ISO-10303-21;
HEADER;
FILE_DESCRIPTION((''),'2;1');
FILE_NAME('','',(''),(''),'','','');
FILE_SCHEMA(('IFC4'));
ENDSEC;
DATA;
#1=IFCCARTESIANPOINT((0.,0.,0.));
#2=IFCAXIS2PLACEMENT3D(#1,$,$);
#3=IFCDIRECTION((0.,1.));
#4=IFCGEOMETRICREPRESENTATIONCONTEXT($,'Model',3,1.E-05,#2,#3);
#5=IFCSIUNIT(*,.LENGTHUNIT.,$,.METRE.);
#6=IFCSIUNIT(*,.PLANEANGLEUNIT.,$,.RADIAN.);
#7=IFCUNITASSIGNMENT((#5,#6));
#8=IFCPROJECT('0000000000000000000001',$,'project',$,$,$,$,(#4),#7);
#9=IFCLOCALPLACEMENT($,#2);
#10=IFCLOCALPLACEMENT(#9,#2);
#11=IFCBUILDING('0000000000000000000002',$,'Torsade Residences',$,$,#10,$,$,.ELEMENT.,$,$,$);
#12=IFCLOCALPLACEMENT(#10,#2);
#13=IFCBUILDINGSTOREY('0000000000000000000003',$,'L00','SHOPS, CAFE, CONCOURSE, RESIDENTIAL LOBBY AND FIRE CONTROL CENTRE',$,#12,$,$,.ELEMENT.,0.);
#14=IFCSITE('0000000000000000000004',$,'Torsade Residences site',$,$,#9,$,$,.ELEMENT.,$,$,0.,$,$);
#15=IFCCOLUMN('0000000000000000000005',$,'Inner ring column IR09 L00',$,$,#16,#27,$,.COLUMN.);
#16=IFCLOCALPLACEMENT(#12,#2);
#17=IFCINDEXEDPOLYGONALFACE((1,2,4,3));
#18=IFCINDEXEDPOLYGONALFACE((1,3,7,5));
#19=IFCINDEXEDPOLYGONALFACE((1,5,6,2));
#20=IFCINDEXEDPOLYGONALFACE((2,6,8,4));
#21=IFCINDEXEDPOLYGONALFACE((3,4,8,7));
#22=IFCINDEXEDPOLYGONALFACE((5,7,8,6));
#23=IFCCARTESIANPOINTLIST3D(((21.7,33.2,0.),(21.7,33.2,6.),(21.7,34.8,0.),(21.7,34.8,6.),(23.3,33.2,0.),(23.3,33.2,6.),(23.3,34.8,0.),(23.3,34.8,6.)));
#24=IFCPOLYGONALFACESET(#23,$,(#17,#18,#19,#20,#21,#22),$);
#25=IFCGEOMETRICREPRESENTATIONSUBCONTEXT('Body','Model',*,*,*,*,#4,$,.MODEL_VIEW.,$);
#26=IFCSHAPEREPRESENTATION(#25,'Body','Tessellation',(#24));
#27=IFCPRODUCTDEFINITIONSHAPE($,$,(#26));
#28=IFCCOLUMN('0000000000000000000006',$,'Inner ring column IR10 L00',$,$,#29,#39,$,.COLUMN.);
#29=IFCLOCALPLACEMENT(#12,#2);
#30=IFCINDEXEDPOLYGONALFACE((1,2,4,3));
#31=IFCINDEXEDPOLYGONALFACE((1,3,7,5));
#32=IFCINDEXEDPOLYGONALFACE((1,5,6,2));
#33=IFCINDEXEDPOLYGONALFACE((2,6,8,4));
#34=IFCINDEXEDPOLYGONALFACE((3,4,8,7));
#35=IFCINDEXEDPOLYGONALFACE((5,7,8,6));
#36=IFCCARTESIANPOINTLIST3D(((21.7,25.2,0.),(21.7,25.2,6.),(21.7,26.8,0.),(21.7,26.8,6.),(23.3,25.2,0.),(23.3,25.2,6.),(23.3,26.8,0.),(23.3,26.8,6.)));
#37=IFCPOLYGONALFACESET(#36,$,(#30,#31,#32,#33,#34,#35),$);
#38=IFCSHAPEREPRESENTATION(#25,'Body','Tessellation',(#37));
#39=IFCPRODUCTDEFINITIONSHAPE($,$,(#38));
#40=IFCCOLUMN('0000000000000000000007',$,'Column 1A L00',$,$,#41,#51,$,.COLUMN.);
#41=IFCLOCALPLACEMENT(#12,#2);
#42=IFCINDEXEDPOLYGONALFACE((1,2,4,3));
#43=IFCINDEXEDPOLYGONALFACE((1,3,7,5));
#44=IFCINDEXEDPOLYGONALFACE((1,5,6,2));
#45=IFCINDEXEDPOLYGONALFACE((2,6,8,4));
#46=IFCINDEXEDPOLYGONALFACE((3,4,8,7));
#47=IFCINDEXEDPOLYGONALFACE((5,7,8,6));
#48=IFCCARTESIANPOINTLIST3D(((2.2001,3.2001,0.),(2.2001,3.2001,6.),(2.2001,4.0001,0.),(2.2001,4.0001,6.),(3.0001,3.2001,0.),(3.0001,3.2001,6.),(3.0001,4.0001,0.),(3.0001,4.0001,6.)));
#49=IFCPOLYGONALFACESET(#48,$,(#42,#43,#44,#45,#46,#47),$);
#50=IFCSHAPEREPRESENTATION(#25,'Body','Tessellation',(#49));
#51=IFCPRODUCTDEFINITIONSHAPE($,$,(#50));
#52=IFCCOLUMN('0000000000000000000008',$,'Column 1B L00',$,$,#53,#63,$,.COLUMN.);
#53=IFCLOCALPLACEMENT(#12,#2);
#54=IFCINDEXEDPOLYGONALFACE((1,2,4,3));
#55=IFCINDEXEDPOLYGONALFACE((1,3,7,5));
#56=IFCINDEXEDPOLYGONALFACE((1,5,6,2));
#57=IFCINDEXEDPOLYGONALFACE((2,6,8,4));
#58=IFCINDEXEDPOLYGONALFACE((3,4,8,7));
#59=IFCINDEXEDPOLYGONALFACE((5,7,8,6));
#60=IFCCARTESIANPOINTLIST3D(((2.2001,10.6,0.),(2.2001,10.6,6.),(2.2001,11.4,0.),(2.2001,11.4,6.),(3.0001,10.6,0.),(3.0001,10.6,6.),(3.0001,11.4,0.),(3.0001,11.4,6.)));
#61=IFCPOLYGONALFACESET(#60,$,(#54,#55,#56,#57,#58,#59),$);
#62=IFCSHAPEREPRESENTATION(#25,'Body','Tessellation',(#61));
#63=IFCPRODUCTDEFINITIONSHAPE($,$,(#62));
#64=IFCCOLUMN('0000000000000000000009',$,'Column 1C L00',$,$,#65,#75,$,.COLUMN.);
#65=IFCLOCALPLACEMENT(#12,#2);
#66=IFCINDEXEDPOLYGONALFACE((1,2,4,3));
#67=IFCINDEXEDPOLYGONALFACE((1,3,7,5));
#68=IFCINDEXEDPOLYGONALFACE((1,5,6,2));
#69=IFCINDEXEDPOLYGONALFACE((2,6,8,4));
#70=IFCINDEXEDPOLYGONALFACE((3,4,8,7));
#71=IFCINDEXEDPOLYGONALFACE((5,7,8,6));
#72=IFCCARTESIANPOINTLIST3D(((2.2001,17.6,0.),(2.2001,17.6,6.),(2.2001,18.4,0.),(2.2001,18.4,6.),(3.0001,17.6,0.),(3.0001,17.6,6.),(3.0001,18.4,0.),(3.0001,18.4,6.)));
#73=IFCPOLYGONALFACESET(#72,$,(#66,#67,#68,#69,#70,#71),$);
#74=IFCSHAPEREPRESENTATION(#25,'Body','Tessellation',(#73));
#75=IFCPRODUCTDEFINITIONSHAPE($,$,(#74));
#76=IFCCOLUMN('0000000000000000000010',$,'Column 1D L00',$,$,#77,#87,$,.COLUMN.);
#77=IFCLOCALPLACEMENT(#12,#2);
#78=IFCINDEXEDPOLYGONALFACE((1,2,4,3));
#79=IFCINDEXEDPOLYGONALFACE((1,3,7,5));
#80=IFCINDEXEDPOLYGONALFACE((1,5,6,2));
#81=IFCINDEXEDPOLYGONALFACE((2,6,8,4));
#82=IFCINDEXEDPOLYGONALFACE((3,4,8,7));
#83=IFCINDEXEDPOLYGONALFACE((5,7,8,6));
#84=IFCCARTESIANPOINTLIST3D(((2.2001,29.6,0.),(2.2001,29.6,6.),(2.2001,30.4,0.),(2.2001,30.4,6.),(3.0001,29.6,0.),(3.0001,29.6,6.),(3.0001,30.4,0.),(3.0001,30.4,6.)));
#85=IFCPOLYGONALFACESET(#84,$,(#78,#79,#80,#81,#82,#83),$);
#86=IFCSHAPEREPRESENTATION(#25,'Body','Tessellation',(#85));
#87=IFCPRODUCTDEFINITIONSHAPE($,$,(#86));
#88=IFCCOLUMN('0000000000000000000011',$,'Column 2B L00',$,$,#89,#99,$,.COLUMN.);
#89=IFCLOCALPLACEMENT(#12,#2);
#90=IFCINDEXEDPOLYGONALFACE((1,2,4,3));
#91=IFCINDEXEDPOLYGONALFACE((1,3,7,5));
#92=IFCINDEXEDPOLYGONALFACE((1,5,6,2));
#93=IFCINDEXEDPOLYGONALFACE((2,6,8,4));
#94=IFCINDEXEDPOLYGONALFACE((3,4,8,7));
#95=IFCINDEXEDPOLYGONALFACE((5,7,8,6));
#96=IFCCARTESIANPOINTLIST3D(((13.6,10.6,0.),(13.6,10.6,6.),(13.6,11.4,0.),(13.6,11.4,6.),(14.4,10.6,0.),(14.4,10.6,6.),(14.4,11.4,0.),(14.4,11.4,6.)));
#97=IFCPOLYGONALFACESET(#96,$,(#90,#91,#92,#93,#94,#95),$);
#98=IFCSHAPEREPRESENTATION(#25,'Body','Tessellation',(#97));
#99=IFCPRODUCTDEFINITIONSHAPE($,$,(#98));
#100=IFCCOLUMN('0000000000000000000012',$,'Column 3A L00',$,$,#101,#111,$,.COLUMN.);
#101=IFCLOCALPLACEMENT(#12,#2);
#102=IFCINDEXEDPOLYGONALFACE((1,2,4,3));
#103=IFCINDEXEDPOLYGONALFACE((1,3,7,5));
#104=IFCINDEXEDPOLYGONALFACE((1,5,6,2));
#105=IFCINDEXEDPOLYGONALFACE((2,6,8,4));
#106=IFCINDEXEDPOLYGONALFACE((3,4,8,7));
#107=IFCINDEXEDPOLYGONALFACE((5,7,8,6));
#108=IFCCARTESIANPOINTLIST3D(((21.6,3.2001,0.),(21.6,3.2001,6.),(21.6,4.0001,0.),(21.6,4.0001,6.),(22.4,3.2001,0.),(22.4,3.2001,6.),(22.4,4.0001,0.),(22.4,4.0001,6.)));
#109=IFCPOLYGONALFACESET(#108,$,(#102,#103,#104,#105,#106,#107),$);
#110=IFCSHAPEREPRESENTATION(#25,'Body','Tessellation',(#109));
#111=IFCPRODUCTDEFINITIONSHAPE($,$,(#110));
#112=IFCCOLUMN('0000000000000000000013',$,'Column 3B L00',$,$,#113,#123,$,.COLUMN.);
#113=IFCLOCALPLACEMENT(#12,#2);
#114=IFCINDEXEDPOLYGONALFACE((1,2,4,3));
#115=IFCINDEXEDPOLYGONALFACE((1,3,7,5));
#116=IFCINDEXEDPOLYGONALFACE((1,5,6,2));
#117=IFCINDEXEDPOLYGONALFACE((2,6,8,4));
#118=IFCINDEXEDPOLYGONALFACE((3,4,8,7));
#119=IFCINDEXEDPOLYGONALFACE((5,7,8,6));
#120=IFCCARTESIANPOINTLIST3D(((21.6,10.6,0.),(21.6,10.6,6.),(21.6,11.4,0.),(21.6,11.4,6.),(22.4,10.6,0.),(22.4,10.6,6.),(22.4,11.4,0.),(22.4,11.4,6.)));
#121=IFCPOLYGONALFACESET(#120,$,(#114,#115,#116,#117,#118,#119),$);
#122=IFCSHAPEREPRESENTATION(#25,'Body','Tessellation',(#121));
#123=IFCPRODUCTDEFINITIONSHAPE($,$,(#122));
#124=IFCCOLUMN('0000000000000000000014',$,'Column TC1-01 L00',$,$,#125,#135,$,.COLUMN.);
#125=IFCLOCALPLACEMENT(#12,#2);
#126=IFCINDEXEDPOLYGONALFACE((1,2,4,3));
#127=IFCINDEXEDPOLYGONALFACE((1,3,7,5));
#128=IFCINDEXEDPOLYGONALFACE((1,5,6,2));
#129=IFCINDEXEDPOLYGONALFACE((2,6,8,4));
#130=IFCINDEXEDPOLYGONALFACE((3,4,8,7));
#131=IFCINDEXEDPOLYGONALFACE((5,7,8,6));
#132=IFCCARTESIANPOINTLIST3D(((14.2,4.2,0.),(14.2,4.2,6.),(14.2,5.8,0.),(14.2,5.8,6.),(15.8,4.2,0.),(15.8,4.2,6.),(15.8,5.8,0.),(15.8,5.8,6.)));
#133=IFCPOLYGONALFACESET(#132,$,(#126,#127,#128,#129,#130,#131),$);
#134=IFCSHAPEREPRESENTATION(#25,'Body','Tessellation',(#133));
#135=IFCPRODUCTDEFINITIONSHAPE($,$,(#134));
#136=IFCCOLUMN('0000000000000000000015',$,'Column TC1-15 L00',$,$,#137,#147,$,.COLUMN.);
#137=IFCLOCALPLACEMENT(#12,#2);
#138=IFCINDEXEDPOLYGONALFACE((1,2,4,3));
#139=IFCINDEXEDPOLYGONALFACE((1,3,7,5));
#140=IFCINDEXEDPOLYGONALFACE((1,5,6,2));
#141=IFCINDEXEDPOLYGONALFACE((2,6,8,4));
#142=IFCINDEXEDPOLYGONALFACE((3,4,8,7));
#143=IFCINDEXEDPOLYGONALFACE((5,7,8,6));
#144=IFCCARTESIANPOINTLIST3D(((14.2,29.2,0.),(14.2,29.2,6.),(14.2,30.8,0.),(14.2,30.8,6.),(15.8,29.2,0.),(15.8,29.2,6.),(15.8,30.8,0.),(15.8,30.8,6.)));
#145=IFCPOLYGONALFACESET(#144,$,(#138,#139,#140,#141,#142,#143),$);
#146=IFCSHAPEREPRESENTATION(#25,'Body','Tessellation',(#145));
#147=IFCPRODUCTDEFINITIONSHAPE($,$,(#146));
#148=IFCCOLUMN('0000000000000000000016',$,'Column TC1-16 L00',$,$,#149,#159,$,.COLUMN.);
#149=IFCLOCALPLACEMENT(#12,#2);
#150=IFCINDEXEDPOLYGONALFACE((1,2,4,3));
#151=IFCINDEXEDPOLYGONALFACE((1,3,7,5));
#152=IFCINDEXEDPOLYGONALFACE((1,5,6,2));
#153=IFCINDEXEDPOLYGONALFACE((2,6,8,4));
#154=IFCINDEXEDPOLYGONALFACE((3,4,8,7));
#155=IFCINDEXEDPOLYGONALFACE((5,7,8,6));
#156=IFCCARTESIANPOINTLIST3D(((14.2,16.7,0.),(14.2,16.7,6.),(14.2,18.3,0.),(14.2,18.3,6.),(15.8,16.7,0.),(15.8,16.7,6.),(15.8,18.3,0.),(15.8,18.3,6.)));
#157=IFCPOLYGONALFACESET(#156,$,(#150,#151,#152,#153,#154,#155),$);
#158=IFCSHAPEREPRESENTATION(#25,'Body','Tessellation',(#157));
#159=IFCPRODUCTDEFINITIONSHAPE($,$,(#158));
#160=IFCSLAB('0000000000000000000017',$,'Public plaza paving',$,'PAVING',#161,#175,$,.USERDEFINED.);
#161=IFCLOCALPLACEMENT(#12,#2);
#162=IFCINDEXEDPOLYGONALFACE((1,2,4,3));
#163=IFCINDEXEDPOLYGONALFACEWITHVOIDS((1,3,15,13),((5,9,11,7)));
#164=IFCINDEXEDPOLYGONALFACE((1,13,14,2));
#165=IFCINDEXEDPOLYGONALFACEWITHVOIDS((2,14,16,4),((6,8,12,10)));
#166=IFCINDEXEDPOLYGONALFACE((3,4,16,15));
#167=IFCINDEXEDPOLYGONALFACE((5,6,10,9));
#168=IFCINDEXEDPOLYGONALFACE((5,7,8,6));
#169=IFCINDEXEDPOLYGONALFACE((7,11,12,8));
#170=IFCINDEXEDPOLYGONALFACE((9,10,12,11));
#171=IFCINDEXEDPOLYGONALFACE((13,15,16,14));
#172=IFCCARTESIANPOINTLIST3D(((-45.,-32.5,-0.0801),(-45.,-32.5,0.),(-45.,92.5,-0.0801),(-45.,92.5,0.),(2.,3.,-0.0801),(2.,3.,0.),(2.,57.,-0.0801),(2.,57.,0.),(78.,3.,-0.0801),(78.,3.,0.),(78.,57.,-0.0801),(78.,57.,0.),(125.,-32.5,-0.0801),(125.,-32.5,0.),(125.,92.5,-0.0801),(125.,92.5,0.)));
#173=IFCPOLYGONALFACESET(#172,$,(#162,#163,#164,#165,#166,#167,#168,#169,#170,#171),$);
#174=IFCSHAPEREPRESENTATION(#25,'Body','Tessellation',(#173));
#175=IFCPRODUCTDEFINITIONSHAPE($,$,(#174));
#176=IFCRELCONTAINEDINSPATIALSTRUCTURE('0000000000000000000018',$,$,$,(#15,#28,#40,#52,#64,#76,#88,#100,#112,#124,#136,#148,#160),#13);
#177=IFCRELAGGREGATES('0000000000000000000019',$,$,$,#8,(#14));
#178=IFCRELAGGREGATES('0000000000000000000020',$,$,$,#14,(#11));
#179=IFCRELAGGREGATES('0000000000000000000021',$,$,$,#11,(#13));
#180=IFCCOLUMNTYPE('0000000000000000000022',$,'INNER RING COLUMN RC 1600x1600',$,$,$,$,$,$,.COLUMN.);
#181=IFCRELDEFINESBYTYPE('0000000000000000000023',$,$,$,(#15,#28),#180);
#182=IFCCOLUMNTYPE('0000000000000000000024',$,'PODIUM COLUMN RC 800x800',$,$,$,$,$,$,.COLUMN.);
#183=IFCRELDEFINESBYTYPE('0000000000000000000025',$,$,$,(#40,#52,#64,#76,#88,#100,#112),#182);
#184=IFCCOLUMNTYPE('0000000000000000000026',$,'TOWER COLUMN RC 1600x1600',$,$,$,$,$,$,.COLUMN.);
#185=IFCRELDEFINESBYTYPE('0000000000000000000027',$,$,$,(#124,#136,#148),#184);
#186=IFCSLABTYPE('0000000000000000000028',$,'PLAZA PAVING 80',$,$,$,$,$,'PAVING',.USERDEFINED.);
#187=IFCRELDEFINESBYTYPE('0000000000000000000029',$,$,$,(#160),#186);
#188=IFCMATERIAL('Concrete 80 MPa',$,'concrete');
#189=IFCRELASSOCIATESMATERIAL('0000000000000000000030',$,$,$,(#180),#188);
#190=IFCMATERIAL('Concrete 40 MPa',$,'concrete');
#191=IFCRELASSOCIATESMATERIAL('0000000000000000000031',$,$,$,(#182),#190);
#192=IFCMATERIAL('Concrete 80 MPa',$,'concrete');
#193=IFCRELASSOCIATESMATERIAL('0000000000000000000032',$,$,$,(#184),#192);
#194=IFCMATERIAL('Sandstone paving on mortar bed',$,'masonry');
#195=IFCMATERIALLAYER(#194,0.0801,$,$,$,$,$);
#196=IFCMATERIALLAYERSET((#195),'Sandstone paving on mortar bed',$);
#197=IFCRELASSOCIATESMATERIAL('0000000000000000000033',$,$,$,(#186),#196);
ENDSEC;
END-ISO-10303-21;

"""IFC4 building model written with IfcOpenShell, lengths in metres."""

from ifc_helpers import new_model, si_unit, direction, frame, origin, origin_2d, place, context, subcontext, project, spatial, polyline, rectangle, outline, extrude, material, layer, layer_set, material_profile, profile_set, type_object, element, save


model = new_model("IFC4")

# Units and contexts
model_context = context("Model", 3, precision=1e-05, world=origin(), true_north=direction((0.0, 1.0)))
body_context = subcontext(model_context, "Body", "Model", "MODEL_VIEW")
ifc_project = project(units=[si_unit("LENGTHUNIT", "METRE"), si_unit("PLANEANGLEUNIT", "RADIAN")], contexts=[model_context])

# Site, building, storey
site_placement = place(None, origin())
site = spatial("IfcSite", under=ifc_project, at=site_placement, Name="Torsade Residences site", CompositionType="ELEMENT", RefElevation=0.0)
building_placement = place(site_placement, origin())
building = spatial("IfcBuilding", under=site, at=building_placement, Name="Torsade Residences", CompositionType="ELEMENT")
storey_placement = place(building_placement, origin())
storey = spatial("IfcBuildingStorey", under=building, at=storey_placement, Name="L00", Description="SHOPS, CAFE, CONCOURSE, RESIDENTIAL LOBBY AND FIRE CONTROL CENTRE", CompositionType="ELEMENT", Elevation=0.0)

# Columns
ifc_material_1 = material(Name="Concrete 80 MPa", Category="concrete")
ifc_material_profile_1 = material_profile(ifc_material_1, rectangle(XDim=1.6001, YDim=1.6001, at=origin_2d()), Name="RC 1600x1600")
ifc_profile_set_1 = profile_set([ifc_material_profile_1], Name="Concrete 80 MPa")
column_type_1 = type_object("IfcColumnType", Name="INNER RING COLUMN RC 1600x1600", PredefinedType="COLUMN", material=ifc_profile_set_1)
for number, where, z_axis, x_axis, name in (
    (1, (22.5, 34.0, 0.0), (0.0, 0.0, 1.0), (1.0, 0.0, 0.0), "Inner ring column IR09 L00"),
    (2, (22.5, 26.0, 0.0), (0.0, 0.0, 1.0), (1.0, 0.0, 0.0), "Inner ring column IR10 L00"),
):
    element("IfcColumn", number, at=place(storey_placement, frame(where, z_axis=z_axis, x_axis=x_axis)), inside=storey, type_object=column_type_1, Name=name, PredefinedType="COLUMN", context=body_context, shape_type="SweptSolid", body=[
        extrude(rectangle(XDim=1.6001, YDim=1.6001, at=origin_2d()), origin(), (0.0, 0.0, 1.0), 6.0),
    ])
ifc_material_2 = material(Name="Concrete 40 MPa", Category="concrete")
ifc_material_profile_2 = material_profile(ifc_material_2, rectangle(XDim=0.8, YDim=0.8, at=origin_2d()), Name="RC 800x800")
ifc_profile_set_2 = profile_set([ifc_material_profile_2], Name="Concrete 40 MPa")
column_type_2 = type_object("IfcColumnType", Name="PODIUM COLUMN RC 800x800", PredefinedType="COLUMN", material=ifc_profile_set_2)
for number, where, z_axis, x_axis, name in (
    (3, (2.6001, 3.6001, 0.0), (0.0, 0.0, 1.0), (1.0, 0.0, 0.0), "Column 1A L00"),
    (4, (2.6001, 11.0, 0.0), (0.0, 0.0, 1.0), (1.0, 0.0, 0.0), "Column 1B L00"),
    (5, (2.6001, 18.0, 0.0), (0.0, 0.0, 1.0), (1.0, 0.0, 0.0), "Column 1C L00"),
    (6, (2.6001, 30.0, 0.0), (0.0, 0.0, 1.0), (1.0, 0.0, 0.0), "Column 1D L00"),
    (7, (14.0, 11.0, 0.0), (0.0, 0.0, 1.0), (1.0, 0.0, 0.0), "Column 2B L00"),
    (8, (22.0, 3.6001, 0.0), (0.0, 0.0, 1.0), (1.0, 0.0, 0.0), "Column 3A L00"),
    (9, (22.0, 11.0, 0.0), (0.0, 0.0, 1.0), (1.0, 0.0, 0.0), "Column 3B L00"),
):
    element("IfcColumn", number, at=place(storey_placement, frame(where, z_axis=z_axis, x_axis=x_axis)), inside=storey, type_object=column_type_2, Name=name, PredefinedType="COLUMN", context=body_context, shape_type="SweptSolid", body=[
        extrude(rectangle(XDim=0.8, YDim=0.8, at=origin_2d()), origin(), (0.0, 0.0, 1.0), 6.0),
    ])
ifc_material_3 = material(Name="Concrete 80 MPa", Category="concrete")
ifc_material_profile_3 = material_profile(ifc_material_3, rectangle(XDim=1.6001, YDim=1.6001, at=origin_2d()), Name="RC 1600x1600")
ifc_profile_set_3 = profile_set([ifc_material_profile_3], Name="Concrete 80 MPa")
column_type_3 = type_object("IfcColumnType", Name="TOWER COLUMN RC 1600x1600", PredefinedType="COLUMN", material=ifc_profile_set_3)
for number, where, z_axis, x_axis, name in (
    (10, (15.0, 5.0, 0.0), (0.0, 0.0, 1.0), (1.0, 0.0, 0.0), "Column TC1-01 L00"),
    (11, (15.0, 30.0, 0.0), (0.0, 0.0, 1.0), (1.0, 0.0, 0.0), "Column TC1-15 L00"),
    (12, (15.0, 17.5, 0.0), (0.0, 0.0, 1.0), (1.0, 0.0, 0.0), "Column TC1-16 L00"),
):
    element("IfcColumn", number, at=place(storey_placement, frame(where, z_axis=z_axis, x_axis=x_axis)), inside=storey, type_object=column_type_3, Name=name, PredefinedType="COLUMN", context=body_context, shape_type="SweptSolid", body=[
        extrude(rectangle(XDim=1.6001, YDim=1.6001, at=origin_2d()), origin(), (0.0, 0.0, 1.0), 6.0),
    ])

# Slab
ifc_material_4 = material(Name="Sandstone paving on mortar bed", Category="masonry")
ifc_layer_1 = layer(ifc_material_4, 0.0801)
ifc_layer_set_1 = layer_set([ifc_layer_1], Name="Sandstone paving on mortar bed")
slab_type_1 = type_object("IfcSlabType", Name="PLAZA PAVING 80", ElementType="PAVING", PredefinedType="USERDEFINED", material=ifc_layer_set_1)
slab_1_placement = place(storey_placement, frame((0.0, 0.0, -0.0801)))
element("IfcSlab", 13, at=slab_1_placement, inside=storey, type_object=slab_type_1, Name="Public plaza paving", ObjectType="PAVING", PredefinedType="USERDEFINED", context=body_context, shape_type="SweptSolid", body=[
    extrude(outline(polyline([(125.0, -32.5), (125.0, 92.5), (-45.0, 92.5), (-45.0, -32.5), (125.0, -32.5)]), holes=[polyline([(78.0, 57.0), (2.0, 57.0), (2.0, 3.0), (78.0, 3.0), (78.0, 57.0)])]), origin(), (0.0, 0.0, 1.0), 0.0801),
])

save(model, "model.ifc")
